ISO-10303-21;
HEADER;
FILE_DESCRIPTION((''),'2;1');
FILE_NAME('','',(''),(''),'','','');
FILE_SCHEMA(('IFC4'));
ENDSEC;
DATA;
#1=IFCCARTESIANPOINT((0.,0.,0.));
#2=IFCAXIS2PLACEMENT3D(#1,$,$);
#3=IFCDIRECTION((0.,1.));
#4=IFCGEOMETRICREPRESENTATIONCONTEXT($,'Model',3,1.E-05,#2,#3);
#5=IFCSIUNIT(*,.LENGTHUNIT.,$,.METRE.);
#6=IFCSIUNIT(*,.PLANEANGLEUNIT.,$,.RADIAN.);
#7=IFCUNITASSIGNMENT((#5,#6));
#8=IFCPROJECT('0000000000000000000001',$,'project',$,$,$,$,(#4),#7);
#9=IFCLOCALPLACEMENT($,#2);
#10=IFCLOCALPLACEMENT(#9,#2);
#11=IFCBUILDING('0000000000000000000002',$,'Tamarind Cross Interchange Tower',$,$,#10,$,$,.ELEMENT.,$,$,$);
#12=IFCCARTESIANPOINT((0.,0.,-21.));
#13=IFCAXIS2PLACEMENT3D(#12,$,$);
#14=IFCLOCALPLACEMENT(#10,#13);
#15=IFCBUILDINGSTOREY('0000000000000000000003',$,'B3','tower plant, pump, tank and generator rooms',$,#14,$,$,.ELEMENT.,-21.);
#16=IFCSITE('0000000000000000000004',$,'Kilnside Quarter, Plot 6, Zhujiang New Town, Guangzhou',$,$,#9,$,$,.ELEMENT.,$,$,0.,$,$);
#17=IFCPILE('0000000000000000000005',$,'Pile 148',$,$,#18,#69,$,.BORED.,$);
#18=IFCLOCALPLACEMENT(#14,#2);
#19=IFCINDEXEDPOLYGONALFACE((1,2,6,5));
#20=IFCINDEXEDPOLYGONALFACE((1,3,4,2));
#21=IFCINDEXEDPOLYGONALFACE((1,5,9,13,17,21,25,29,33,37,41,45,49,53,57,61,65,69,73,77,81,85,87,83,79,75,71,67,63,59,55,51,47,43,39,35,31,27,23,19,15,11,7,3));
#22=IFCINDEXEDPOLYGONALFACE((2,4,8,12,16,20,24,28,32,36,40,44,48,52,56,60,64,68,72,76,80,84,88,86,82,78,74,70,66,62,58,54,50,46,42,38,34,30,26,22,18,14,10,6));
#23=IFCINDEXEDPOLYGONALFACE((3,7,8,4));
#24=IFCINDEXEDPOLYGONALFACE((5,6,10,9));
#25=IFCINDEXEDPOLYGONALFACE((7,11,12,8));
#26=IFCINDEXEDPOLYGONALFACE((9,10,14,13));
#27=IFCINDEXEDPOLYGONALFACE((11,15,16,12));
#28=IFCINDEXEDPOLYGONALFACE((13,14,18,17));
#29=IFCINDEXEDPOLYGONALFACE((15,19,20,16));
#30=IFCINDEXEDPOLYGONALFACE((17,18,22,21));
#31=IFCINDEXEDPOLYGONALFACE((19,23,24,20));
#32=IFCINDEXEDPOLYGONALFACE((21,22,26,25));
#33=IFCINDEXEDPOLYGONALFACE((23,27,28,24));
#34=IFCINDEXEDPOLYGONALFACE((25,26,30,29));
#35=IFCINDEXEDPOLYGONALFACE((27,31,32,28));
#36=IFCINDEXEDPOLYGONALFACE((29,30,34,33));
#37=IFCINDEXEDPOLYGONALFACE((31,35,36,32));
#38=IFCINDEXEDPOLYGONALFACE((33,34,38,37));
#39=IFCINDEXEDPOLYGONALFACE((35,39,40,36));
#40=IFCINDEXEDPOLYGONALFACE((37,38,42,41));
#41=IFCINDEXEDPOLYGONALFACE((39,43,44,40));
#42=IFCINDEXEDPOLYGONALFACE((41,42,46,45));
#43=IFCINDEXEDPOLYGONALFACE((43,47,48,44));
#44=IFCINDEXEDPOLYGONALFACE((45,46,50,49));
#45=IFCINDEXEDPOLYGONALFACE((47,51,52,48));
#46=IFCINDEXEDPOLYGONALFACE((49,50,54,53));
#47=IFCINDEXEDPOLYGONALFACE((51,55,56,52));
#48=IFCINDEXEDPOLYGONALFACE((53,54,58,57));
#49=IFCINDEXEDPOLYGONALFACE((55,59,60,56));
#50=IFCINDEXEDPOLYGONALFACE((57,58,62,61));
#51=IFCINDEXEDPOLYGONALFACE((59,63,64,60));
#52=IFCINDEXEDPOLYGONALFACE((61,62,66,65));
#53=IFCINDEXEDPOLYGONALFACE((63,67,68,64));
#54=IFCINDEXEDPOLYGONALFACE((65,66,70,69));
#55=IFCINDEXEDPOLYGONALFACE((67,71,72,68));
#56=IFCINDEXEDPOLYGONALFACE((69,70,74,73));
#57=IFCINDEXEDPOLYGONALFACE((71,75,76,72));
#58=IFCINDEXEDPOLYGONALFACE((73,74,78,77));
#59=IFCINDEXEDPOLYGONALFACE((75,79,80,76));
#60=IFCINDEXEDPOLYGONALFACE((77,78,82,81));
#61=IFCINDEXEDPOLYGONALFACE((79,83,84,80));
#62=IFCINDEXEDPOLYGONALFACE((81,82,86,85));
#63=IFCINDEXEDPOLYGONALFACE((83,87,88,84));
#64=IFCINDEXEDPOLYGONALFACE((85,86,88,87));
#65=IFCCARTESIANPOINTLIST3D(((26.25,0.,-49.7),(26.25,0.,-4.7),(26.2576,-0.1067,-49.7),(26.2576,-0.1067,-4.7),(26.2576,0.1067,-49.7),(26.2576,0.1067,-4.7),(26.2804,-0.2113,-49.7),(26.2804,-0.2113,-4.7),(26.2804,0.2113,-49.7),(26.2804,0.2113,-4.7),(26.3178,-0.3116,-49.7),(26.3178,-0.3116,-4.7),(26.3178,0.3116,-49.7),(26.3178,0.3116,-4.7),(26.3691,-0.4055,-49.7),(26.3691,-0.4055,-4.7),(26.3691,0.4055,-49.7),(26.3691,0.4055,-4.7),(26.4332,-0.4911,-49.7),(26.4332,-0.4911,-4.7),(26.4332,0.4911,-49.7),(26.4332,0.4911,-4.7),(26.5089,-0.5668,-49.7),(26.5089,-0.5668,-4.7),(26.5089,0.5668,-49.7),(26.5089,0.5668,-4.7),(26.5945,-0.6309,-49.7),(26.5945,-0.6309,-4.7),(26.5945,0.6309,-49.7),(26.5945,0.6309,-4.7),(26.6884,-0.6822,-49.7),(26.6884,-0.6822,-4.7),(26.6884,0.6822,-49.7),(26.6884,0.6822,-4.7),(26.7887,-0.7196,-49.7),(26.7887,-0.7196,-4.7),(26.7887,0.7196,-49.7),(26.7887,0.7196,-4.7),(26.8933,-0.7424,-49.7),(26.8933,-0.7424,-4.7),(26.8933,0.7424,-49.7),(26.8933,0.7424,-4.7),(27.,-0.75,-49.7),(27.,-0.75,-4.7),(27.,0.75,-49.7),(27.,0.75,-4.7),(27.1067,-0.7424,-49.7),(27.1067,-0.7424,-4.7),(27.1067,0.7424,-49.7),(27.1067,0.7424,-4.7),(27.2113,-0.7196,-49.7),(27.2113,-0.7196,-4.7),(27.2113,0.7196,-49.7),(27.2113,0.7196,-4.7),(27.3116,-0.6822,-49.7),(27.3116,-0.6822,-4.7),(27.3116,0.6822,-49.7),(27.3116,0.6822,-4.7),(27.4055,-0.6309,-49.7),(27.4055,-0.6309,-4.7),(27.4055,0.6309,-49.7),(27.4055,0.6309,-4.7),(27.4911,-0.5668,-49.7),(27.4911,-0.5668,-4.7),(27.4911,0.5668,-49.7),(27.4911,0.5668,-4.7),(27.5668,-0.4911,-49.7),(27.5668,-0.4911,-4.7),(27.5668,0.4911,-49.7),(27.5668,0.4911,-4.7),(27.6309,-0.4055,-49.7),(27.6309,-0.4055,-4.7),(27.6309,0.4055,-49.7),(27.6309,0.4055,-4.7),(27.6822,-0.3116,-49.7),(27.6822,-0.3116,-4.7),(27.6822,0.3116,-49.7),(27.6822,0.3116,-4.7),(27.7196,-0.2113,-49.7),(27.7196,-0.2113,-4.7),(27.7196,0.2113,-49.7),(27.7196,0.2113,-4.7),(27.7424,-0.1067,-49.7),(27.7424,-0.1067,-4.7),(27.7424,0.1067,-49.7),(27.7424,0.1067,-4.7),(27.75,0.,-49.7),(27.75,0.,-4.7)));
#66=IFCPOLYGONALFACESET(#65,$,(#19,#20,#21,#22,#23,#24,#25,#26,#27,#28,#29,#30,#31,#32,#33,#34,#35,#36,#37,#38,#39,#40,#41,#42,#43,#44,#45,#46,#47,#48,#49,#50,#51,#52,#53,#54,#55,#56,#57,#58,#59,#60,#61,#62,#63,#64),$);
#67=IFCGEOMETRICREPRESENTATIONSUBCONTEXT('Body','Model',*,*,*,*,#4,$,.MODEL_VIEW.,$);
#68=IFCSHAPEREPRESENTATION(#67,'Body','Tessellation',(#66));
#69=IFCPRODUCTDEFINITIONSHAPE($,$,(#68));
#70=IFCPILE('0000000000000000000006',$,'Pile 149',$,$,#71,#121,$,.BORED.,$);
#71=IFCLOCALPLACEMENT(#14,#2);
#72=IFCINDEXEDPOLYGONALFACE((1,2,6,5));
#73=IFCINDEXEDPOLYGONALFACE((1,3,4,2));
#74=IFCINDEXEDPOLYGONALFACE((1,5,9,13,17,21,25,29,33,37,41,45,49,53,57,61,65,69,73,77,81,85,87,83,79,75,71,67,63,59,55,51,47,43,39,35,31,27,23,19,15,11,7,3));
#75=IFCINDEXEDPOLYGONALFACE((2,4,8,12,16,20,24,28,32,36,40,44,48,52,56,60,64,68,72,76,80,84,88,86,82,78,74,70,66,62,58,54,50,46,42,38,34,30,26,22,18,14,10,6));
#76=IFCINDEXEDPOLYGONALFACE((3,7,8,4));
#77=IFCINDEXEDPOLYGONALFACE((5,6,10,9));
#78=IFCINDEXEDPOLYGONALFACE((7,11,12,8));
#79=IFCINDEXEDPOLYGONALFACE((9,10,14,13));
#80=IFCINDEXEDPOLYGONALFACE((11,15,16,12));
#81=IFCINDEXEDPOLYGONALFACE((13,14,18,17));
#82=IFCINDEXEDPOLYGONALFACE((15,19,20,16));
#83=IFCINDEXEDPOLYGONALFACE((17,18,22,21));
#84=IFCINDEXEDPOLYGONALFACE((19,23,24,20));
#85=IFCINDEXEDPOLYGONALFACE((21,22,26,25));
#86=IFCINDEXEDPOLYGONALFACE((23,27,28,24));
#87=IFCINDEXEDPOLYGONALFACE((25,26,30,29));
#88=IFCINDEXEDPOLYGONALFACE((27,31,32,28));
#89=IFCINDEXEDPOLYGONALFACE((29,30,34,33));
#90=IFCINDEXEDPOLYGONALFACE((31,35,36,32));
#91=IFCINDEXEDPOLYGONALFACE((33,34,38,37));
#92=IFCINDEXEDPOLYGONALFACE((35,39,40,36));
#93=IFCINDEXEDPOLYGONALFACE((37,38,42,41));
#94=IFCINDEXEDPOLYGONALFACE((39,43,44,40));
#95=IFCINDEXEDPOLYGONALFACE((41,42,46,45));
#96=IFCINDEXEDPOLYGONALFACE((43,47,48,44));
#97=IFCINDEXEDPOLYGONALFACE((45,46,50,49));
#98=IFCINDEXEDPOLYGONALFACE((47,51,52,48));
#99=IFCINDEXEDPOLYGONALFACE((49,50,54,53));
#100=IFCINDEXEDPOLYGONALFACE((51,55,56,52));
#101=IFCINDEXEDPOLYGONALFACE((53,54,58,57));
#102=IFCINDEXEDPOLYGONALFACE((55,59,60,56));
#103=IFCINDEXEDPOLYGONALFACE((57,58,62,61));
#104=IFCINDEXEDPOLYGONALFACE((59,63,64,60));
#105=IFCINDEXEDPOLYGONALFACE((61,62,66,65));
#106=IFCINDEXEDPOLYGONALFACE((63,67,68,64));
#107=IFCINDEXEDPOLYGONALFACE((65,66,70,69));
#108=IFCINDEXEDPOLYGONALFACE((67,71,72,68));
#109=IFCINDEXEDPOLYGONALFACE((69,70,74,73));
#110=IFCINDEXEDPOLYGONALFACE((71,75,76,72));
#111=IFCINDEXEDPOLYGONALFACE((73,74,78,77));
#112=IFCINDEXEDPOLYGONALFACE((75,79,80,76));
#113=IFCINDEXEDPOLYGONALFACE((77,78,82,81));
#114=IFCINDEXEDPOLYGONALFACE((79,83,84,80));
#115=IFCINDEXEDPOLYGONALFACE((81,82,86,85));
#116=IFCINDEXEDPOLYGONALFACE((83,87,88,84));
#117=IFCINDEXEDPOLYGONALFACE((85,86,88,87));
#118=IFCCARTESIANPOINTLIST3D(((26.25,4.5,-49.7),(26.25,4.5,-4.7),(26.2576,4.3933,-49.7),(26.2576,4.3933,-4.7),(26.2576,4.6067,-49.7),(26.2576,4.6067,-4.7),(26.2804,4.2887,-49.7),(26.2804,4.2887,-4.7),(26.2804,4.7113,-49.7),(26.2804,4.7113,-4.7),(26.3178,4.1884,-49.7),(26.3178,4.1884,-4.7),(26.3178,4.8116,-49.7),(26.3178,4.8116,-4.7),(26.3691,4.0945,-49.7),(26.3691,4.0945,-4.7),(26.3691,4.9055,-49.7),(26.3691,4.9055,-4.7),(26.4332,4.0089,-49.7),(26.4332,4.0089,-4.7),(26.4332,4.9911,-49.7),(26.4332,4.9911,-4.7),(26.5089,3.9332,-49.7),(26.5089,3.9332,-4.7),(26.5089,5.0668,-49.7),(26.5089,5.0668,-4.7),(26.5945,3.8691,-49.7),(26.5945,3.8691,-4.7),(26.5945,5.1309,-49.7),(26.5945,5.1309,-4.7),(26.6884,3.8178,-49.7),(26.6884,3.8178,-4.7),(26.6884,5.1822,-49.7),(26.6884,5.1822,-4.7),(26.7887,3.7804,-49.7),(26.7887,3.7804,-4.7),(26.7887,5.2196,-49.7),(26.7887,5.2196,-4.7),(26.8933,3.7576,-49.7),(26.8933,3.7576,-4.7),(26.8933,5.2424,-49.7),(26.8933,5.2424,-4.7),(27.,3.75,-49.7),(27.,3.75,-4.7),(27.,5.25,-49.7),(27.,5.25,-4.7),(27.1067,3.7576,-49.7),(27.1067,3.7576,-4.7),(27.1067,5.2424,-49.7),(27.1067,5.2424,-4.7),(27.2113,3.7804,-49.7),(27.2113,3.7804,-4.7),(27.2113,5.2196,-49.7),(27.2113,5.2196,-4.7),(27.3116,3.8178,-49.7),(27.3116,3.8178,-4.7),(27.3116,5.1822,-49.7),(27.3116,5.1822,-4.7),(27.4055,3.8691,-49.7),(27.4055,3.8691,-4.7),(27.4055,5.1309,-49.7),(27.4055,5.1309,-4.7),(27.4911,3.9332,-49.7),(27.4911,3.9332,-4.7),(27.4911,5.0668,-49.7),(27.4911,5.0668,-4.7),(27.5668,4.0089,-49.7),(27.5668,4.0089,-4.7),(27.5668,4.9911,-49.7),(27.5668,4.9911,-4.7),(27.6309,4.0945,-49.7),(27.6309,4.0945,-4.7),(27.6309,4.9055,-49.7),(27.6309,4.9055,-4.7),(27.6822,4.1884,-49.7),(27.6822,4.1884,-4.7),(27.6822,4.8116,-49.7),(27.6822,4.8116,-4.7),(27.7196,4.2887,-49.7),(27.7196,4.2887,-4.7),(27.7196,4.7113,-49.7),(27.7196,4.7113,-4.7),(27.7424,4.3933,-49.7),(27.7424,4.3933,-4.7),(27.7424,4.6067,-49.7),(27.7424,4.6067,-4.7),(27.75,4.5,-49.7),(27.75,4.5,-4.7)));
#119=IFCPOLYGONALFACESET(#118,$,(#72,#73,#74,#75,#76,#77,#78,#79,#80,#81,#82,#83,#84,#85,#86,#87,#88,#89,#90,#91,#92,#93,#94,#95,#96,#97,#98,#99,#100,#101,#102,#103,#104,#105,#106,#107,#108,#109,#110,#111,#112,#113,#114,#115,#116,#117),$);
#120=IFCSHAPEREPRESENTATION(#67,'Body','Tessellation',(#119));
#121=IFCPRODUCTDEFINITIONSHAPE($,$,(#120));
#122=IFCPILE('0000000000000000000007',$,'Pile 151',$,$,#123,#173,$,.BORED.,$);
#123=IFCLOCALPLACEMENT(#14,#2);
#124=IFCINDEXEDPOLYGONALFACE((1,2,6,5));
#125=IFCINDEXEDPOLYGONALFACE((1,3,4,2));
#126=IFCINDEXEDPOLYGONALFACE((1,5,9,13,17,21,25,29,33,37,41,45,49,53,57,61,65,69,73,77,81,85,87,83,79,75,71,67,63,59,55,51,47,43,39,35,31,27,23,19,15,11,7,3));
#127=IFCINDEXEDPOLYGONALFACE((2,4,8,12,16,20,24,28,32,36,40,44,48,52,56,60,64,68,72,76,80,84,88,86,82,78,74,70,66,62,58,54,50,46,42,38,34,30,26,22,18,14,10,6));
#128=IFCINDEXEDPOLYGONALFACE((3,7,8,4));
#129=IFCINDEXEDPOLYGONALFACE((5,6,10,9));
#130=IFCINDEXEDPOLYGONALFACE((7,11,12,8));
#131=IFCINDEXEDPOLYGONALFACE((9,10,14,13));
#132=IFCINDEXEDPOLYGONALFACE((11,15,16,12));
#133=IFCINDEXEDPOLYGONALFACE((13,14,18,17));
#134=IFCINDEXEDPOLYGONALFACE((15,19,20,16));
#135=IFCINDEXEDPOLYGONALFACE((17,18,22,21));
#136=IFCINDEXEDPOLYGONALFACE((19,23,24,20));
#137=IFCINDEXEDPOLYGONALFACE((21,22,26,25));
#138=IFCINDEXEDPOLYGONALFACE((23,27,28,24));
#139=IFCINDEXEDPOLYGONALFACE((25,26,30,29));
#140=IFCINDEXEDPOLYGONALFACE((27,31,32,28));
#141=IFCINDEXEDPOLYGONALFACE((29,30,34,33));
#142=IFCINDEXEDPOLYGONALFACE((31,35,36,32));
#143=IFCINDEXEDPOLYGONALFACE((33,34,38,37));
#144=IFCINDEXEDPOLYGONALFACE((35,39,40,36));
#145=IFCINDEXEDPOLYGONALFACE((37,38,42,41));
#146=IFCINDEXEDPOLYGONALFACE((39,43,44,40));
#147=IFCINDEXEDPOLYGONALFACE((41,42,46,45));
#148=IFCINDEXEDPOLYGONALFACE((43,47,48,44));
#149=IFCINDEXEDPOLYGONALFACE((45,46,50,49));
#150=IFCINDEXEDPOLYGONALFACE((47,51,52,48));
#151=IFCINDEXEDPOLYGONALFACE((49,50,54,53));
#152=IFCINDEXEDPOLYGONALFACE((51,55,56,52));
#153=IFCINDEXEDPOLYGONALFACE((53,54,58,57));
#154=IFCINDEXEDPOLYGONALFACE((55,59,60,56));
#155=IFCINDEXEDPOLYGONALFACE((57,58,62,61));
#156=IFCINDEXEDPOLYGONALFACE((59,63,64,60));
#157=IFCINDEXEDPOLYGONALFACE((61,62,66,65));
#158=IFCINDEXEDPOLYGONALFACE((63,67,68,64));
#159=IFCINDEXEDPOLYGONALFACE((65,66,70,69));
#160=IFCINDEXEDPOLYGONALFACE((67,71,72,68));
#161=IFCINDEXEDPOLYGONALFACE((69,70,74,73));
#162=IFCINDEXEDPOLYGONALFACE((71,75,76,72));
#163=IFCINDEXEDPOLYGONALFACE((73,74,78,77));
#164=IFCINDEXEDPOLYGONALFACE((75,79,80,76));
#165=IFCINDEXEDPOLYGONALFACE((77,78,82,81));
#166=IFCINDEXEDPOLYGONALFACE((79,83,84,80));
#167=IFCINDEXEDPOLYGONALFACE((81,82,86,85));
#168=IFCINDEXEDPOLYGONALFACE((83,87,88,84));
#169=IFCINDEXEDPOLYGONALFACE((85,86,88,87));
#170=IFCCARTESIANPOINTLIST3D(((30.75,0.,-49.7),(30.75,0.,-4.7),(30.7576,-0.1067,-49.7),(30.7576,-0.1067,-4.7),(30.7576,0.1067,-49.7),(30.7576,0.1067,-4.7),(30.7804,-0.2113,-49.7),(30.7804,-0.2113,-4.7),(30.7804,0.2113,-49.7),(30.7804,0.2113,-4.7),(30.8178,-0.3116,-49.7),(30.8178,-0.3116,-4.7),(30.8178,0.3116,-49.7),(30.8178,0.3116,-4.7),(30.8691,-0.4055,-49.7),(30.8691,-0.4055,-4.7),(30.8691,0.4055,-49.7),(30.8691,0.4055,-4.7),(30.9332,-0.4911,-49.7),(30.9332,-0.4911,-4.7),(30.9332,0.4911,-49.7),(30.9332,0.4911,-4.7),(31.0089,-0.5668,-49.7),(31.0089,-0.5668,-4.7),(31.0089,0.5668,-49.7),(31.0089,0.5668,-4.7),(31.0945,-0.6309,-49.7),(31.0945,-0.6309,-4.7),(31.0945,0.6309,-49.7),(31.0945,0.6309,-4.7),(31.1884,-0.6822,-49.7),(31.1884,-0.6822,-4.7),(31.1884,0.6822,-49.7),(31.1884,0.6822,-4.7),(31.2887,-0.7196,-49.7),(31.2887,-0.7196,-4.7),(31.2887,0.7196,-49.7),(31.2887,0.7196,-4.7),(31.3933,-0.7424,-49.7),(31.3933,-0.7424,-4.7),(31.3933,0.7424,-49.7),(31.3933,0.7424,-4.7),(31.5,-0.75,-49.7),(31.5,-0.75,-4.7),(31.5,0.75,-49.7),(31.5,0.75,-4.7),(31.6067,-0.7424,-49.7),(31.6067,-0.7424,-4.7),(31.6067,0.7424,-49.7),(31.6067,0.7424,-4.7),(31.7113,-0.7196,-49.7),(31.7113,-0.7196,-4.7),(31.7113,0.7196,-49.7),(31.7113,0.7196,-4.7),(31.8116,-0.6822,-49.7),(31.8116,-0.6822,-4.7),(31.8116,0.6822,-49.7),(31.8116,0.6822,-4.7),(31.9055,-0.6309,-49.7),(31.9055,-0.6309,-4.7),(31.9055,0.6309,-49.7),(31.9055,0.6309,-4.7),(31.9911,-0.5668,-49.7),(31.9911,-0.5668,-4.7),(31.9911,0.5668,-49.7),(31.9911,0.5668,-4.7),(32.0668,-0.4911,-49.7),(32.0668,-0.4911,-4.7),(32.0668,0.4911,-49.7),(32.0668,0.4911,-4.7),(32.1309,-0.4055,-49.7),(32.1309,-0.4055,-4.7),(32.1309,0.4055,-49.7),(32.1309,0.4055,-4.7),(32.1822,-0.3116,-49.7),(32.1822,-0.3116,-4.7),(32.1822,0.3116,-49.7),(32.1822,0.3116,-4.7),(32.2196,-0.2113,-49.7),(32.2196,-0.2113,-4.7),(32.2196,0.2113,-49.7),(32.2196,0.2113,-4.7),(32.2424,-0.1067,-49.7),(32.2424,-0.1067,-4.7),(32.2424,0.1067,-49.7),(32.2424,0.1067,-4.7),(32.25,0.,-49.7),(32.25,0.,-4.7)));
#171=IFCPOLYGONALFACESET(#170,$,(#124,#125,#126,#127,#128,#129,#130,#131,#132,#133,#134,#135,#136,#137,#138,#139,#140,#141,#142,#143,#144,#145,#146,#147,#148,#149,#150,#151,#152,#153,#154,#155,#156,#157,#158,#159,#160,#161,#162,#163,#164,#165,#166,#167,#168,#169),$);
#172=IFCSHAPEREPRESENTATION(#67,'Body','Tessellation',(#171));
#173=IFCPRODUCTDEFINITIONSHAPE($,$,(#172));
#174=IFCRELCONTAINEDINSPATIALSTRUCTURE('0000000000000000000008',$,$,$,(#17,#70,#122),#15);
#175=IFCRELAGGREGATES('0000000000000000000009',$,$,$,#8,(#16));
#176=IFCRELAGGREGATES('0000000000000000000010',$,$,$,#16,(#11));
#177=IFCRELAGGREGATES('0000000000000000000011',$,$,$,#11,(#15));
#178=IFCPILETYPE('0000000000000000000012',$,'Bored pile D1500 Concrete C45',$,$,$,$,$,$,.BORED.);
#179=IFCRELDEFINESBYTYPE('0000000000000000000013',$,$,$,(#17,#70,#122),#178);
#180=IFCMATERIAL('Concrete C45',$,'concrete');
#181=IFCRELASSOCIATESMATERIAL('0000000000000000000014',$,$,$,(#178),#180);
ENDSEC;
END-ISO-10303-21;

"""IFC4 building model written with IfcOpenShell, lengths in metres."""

from ifc_helpers import new_model, si_unit, direction, frame, origin, origin_2d, place, context, subcontext, project, spatial, circle, extrude, material, material_profile, profile_set, type_object, element, save


model = new_model("IFC4")

# Units and contexts
model_context = context("Model", 3, precision=1e-05, world=origin(), true_north=direction((0.0, 1.0)))
body_context = subcontext(model_context, "Body", "Model", "MODEL_VIEW")
ifc_project = project(units=[si_unit("LENGTHUNIT", "METRE"), si_unit("PLANEANGLEUNIT", "RADIAN")], contexts=[model_context])

# Site, building, storey
site_placement = place(None, origin())
site = spatial("IfcSite", under=ifc_project, at=site_placement, Name="Kilnside Quarter, Plot 6, Zhujiang New Town, Guangzhou", CompositionType="ELEMENT", RefElevation=0.0)
building_placement = place(site_placement, origin())
building = spatial("IfcBuilding", under=site, at=building_placement, Name="Tamarind Cross Interchange Tower", CompositionType="ELEMENT")
storey_placement = place(building_placement, frame((0.0, 0.0, -21.0)))
storey = spatial("IfcBuildingStorey", under=building, at=storey_placement, Name="B3", Description="tower plant, pump, tank and generator rooms", CompositionType="ELEMENT", Elevation=-21.0)

# Piles
ifc_material_1 = material(Name="Concrete C45", Category="concrete")
ifc_material_profile_1 = material_profile(ifc_material_1, circle(Radius=0.75, at=origin_2d()), Name="RC D1500")
ifc_profile_set_1 = profile_set([ifc_material_profile_1], Name="Concrete C45")
pile_type = type_object("IfcPileType", Name="Bored pile D1500 Concrete C45", PredefinedType="BORED", material=ifc_profile_set_1)
for number, where, z_axis, x_axis, name in (
    (1, (27.0, 0.0, -4.7), (0.0, 0.0, -1.0), (1.0, 0.0, 0.0), "Pile 148"),
    (2, (27.0, 4.5, -4.7), (0.0, 0.0, -1.0), (1.0, 0.0, 0.0), "Pile 149"),
    (3, (31.5, 0.0, -4.7), (0.0, 0.0, -1.0), (1.0, 0.0, 0.0), "Pile 151"),
):
    element("IfcPile", number, at=place(storey_placement, frame(where, z_axis=z_axis, x_axis=x_axis)), inside=storey, type_object=pile_type, Name=name, PredefinedType="BORED", context=body_context, shape_type="SweptSolid", body=[
        extrude(circle(Radius=0.75, at=origin_2d()), origin(), (0.0, 0.0, 1.0), 45.0),
    ])

save(model, "model.ifc")
